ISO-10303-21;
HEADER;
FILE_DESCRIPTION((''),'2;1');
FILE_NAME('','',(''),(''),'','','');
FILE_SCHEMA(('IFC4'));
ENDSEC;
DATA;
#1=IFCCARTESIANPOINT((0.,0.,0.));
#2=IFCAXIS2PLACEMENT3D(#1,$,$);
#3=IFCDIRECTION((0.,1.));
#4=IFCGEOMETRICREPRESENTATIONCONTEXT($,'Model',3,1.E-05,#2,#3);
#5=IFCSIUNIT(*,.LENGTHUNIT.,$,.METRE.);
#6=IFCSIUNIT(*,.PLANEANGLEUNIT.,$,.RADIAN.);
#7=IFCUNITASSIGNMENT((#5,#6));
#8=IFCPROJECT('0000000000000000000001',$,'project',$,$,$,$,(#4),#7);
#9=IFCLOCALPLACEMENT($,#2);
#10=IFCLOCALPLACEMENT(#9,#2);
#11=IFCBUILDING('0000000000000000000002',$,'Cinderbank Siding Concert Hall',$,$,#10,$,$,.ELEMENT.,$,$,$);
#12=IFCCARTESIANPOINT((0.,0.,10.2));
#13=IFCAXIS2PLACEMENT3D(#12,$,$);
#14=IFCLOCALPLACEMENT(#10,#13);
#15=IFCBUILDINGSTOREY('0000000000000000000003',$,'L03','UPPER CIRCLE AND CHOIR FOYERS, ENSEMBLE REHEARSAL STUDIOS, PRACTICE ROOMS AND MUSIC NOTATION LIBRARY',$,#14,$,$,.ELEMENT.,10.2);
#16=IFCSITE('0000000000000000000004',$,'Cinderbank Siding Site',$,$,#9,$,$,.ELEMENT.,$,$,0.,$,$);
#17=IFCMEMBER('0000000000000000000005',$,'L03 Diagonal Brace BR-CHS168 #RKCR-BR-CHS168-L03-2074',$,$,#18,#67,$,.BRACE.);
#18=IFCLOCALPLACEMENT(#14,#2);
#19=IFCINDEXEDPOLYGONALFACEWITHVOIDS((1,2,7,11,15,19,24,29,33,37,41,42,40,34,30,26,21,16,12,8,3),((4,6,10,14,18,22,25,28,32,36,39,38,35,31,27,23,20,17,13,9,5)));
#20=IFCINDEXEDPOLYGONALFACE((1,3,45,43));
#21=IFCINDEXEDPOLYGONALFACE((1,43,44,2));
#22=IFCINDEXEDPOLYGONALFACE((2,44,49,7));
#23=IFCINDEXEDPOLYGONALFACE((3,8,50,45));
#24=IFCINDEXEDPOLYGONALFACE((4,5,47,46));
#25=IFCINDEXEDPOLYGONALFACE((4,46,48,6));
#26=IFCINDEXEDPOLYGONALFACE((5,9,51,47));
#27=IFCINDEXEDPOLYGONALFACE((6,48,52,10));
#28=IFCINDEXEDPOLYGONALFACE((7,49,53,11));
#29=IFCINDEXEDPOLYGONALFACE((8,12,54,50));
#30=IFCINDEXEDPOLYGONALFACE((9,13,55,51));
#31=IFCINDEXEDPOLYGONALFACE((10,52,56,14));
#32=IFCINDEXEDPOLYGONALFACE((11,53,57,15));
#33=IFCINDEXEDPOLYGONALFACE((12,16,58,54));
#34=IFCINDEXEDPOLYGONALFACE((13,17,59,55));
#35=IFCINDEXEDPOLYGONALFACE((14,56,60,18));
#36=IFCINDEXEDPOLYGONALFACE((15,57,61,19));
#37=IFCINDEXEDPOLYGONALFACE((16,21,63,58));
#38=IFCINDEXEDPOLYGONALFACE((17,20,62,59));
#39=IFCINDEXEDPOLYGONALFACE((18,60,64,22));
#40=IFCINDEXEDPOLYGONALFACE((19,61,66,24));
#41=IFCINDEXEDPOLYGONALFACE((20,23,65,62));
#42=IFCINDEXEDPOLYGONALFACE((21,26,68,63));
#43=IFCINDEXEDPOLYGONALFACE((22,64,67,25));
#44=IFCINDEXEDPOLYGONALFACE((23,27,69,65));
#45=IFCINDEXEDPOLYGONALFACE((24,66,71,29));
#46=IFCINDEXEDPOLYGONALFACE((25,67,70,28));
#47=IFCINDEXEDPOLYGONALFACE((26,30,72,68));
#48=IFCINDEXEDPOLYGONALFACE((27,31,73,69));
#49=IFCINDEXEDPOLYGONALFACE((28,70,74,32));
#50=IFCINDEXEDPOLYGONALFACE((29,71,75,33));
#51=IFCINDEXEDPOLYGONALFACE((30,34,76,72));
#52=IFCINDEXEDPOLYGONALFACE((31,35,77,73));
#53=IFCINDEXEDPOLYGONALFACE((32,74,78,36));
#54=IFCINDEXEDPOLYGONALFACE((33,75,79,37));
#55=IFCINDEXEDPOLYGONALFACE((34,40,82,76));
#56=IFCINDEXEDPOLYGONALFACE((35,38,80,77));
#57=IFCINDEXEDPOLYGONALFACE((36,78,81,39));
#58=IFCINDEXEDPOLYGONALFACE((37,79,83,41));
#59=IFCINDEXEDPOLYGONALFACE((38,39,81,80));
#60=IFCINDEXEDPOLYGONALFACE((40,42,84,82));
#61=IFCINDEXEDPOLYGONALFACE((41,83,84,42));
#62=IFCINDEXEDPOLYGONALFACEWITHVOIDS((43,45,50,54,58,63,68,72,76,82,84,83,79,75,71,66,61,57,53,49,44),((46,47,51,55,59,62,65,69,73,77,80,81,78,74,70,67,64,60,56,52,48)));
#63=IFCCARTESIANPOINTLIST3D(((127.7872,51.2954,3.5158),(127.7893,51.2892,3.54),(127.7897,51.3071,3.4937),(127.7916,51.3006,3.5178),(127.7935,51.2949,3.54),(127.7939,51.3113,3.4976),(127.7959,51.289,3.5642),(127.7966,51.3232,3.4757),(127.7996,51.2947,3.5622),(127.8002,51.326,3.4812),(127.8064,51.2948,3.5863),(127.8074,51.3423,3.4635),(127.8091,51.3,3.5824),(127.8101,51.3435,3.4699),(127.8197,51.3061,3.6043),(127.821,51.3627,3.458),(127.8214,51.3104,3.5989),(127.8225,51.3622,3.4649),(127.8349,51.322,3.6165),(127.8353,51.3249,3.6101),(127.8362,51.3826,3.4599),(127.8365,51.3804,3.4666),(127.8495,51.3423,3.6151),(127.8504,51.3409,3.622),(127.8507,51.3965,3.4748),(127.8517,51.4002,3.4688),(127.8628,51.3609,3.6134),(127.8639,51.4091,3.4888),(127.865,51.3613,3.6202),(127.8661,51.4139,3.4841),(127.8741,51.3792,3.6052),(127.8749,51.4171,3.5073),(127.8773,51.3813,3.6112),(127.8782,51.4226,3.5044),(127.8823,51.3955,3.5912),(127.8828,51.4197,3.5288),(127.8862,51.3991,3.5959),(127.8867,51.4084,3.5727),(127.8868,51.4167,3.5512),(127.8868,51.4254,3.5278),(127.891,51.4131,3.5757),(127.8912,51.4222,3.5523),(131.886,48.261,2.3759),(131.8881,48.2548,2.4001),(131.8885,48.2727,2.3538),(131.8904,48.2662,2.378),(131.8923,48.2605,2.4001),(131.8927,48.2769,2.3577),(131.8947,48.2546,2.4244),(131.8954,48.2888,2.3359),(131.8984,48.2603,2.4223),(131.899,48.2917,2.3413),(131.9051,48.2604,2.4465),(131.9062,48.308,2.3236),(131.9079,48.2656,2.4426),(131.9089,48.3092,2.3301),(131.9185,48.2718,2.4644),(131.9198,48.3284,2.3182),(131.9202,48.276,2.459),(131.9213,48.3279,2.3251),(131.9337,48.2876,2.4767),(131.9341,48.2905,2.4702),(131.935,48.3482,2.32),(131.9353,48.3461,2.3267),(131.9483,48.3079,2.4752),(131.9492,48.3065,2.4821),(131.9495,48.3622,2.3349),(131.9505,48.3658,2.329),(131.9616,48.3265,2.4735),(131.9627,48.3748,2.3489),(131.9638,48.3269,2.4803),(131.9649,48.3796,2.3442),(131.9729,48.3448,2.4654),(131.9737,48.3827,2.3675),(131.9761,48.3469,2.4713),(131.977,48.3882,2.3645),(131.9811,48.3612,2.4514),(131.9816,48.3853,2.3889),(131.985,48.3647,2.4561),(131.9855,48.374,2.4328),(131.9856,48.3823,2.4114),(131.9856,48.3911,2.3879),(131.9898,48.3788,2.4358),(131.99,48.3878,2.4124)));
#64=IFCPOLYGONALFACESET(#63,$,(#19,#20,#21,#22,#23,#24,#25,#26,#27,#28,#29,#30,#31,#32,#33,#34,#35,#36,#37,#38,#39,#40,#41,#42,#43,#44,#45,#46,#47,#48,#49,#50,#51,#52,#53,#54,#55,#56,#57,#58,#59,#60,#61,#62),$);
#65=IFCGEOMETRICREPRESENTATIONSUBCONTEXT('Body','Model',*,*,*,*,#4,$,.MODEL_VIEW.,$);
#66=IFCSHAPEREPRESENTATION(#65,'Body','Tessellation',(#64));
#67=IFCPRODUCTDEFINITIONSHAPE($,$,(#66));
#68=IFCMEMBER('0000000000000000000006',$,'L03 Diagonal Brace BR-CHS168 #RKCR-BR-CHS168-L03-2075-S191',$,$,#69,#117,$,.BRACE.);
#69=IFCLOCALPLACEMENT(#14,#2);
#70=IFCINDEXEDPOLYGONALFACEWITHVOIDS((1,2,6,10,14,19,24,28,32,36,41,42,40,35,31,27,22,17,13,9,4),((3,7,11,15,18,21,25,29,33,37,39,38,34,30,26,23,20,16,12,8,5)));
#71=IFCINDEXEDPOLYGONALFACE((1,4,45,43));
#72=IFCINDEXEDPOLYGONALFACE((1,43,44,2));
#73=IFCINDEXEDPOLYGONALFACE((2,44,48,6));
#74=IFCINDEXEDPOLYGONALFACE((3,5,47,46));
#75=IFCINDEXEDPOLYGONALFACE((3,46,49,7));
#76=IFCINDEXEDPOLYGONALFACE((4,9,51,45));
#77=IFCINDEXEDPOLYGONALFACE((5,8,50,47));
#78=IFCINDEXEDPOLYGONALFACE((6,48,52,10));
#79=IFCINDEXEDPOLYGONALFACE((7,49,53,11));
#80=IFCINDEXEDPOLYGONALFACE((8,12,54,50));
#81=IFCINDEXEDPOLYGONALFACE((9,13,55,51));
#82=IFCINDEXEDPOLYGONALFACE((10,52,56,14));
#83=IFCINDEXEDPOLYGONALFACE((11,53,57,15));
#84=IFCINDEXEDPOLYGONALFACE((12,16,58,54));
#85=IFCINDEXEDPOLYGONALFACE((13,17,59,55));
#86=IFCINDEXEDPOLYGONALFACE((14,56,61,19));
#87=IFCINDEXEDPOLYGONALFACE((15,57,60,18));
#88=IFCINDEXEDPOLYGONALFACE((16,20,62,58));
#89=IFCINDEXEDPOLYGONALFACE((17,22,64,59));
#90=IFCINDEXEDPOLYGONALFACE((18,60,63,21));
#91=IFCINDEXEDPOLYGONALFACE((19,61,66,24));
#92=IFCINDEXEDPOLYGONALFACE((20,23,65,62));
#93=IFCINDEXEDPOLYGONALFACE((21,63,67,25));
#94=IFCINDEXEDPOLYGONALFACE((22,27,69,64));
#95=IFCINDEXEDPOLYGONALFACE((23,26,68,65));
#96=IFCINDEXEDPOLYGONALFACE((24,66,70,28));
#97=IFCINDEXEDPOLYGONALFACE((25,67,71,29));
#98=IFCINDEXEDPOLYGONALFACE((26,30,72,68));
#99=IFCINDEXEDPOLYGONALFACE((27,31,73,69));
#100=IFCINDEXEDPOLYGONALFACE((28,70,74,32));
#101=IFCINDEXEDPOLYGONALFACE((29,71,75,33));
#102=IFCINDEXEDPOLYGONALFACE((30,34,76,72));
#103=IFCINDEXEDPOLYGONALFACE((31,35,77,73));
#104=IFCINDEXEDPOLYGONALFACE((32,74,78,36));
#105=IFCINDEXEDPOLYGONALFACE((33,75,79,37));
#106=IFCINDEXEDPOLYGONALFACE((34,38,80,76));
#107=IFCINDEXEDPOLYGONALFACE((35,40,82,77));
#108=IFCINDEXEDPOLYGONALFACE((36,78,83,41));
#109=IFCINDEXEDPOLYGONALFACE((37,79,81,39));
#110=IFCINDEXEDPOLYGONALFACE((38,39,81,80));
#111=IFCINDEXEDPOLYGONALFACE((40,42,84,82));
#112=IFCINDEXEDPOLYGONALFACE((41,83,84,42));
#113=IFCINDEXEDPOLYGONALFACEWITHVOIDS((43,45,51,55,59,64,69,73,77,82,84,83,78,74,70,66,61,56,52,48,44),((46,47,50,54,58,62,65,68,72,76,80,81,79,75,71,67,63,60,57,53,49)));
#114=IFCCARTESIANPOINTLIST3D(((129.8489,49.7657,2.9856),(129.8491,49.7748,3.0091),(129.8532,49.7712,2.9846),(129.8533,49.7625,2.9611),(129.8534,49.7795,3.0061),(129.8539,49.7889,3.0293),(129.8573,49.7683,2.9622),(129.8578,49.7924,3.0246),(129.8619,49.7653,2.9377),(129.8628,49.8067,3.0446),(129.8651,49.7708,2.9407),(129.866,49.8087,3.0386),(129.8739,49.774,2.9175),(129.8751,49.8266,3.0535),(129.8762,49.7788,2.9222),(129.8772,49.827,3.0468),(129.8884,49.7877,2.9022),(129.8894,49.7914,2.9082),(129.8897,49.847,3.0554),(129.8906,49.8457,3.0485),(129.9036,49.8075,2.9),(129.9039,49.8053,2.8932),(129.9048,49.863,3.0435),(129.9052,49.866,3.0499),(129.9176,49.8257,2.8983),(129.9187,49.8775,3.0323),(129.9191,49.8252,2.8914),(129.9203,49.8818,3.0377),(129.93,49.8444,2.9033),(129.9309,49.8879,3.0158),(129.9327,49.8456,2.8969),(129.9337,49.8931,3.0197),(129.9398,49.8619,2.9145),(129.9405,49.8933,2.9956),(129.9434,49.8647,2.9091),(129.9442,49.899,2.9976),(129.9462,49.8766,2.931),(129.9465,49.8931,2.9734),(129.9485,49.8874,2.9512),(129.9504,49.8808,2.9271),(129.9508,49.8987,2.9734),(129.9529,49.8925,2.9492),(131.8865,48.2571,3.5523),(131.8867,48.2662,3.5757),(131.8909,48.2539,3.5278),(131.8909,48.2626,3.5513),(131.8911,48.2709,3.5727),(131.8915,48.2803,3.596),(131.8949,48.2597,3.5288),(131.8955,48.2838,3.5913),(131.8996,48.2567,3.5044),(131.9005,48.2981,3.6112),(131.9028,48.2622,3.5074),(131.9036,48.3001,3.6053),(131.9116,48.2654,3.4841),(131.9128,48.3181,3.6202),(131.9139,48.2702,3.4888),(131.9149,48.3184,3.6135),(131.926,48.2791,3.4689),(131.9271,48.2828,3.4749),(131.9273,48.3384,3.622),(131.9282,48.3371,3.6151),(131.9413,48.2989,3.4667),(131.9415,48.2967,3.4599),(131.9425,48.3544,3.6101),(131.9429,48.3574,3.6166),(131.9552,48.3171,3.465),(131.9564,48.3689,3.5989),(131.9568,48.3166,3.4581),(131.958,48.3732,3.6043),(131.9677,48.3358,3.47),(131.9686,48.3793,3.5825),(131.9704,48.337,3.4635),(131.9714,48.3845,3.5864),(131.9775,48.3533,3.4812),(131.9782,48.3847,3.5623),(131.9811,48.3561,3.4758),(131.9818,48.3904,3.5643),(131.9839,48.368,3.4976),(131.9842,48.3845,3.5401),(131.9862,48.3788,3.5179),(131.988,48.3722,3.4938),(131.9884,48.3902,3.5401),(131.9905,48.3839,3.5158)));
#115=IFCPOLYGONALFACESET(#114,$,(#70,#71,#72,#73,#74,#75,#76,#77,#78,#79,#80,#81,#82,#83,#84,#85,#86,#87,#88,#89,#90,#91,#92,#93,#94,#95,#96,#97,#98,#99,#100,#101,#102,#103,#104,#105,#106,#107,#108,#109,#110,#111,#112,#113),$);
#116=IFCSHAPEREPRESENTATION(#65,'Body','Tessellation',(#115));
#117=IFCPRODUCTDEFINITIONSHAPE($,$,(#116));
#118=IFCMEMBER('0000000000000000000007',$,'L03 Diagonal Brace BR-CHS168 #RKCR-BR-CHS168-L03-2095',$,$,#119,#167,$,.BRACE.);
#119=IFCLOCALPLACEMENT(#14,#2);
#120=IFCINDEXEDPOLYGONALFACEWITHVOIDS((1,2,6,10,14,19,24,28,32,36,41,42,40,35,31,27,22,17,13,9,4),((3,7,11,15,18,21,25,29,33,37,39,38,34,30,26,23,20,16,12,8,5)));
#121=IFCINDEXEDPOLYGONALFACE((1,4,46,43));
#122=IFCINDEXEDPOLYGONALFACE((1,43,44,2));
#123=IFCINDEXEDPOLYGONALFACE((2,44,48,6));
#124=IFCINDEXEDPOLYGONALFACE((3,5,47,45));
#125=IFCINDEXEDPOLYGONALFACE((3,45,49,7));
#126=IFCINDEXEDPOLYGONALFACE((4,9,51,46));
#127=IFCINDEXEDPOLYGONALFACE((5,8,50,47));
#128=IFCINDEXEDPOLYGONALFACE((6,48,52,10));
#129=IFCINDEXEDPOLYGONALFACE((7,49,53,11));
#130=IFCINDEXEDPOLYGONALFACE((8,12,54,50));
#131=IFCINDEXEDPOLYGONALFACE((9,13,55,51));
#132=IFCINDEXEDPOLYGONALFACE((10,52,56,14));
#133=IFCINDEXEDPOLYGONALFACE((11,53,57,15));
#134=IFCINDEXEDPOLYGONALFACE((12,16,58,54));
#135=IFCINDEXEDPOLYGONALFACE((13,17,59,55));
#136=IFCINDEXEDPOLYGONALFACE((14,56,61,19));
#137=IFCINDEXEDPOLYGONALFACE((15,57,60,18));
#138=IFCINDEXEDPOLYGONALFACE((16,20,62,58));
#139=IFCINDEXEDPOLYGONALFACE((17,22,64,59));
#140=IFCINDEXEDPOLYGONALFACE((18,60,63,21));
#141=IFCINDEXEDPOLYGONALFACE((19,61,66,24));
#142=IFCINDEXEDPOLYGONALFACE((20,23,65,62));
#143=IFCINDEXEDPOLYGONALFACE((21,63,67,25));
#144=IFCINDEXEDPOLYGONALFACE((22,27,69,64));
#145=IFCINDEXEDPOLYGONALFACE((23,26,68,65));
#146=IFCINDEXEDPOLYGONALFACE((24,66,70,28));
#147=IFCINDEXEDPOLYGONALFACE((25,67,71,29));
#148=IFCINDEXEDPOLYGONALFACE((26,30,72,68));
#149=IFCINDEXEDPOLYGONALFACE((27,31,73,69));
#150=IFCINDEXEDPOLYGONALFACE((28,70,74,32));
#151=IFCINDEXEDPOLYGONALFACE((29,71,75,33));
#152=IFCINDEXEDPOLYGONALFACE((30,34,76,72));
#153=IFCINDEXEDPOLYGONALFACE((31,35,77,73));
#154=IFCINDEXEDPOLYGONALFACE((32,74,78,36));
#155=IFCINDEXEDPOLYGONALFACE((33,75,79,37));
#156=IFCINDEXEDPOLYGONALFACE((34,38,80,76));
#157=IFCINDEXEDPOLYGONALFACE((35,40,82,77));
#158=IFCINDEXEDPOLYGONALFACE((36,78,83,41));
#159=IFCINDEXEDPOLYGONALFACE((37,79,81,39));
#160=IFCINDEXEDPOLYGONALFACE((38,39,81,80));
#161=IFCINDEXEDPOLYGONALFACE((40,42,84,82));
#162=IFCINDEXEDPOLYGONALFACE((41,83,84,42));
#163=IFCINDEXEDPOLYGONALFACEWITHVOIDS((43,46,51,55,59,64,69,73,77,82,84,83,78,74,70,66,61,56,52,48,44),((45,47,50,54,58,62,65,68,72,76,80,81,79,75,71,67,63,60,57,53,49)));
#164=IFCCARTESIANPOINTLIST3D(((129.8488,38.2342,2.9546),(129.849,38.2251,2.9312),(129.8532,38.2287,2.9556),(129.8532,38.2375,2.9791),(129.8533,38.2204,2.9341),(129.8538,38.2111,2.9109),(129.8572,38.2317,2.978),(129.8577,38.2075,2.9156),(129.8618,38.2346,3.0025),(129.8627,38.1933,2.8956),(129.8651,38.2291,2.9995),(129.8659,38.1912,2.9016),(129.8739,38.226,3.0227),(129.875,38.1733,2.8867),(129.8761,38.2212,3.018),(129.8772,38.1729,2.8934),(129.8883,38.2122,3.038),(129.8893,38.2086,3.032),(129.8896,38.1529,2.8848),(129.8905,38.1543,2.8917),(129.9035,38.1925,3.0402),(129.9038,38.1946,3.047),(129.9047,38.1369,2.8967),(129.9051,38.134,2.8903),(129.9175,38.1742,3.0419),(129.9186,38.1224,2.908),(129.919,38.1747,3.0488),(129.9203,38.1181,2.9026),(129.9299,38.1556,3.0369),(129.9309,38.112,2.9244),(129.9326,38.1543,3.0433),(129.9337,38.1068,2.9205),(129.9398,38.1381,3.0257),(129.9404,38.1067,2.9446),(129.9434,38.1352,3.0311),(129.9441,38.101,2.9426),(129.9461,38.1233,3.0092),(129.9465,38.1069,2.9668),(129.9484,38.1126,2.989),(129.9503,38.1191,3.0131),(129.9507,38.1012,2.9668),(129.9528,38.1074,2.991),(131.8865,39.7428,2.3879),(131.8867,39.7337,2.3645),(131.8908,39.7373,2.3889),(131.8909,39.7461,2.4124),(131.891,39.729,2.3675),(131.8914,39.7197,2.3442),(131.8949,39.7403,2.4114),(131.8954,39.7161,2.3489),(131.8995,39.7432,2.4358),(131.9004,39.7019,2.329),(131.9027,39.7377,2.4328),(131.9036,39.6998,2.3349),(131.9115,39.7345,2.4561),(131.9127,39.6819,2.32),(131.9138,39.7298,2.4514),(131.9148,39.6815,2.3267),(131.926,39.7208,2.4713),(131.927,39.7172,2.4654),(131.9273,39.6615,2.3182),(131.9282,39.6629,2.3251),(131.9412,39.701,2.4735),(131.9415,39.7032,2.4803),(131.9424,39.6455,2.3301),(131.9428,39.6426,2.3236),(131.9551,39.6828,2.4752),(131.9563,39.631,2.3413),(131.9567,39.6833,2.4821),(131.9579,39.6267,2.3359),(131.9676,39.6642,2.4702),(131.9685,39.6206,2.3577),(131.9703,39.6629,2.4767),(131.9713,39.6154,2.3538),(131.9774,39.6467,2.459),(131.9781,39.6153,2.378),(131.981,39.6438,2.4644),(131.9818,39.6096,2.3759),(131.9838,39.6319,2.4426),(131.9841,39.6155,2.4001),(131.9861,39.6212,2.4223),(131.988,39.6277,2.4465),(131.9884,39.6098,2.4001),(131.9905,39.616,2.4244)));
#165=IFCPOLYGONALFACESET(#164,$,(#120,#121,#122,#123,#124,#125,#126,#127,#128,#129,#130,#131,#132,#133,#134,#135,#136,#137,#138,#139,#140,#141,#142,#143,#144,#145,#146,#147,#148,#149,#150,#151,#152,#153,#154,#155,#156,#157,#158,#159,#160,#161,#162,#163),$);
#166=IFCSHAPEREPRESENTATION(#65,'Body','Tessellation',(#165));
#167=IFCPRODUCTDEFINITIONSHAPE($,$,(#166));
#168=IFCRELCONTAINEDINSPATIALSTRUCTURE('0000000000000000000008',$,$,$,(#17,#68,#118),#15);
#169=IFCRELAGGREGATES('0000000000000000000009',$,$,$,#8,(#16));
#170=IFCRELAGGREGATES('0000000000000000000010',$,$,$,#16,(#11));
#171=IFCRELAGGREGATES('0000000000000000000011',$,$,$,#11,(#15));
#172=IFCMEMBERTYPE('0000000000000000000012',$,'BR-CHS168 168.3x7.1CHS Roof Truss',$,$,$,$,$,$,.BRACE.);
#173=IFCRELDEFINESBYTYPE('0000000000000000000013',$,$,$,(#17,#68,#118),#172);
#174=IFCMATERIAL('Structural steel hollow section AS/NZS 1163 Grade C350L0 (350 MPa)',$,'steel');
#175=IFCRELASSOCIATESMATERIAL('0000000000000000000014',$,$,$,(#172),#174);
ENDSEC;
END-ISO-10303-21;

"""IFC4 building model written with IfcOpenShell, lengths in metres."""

from ifc_helpers import new_model, si_unit, direction, frame, origin, origin_2d, place, context, subcontext, project, spatial, hollow_circle, extrude, material, material_profile, profile_set, type_object, element, save


model = new_model("IFC4")

# Units and contexts
model_context = context("Model", 3, precision=1e-05, world=origin(), true_north=direction((0.0, 1.0)))
body_context = subcontext(model_context, "Body", "Model", "MODEL_VIEW")
ifc_project = project(units=[si_unit("LENGTHUNIT", "METRE"), si_unit("PLANEANGLEUNIT", "RADIAN")], contexts=[model_context])

# Site, building, storey
site_placement = place(None, origin())
site = spatial("IfcSite", under=ifc_project, at=site_placement, Name="Cinderbank Siding Site", CompositionType="ELEMENT", RefElevation=0.0)
building_placement = place(site_placement, origin())
building = spatial("IfcBuilding", under=site, at=building_placement, Name="Cinderbank Siding Concert Hall", CompositionType="ELEMENT")
storey_placement = place(building_placement, frame((0.0, 0.0, 10.2)))
storey = spatial("IfcBuildingStorey", under=building, at=storey_placement, Name="L03", Description="UPPER CIRCLE AND CHOIR FOYERS, ENSEMBLE REHEARSAL STUDIOS, PRACTICE ROOMS AND MUSIC NOTATION LIBRARY", CompositionType="ELEMENT", Elevation=10.2)

# Shared definitions
ifc_material_1 = material(Name="Structural steel hollow section AS/NZS 1163 Grade C350L0 (350 MPa)", Category="steel")

# Members
ifc_material_profile_1 = material_profile(ifc_material_1, hollow_circle(Radius=0.0842, WallThickness=0.0071, at=origin_2d()), Name="168.3x7.1CHS", Category="LoadBearing")
ifc_profile_set_1 = profile_set([ifc_material_profile_1], Name="Structural steel hollow section AS/NZS 1163 Grade C350L0 (350 MPa)")
member_type = type_object("IfcMemberType", Name="BR-CHS168 168.3x7.1CHS Roof Truss", PredefinedType="BRACE", material=ifc_profile_set_1)
member_1_placement = place(storey_placement, frame((131.9382, 48.3225, 2.4001), z_axis=(-0.78437, 0.580674, 0.218132), x_axis=(-0.595002, -0.803724, 0.0)))
element("IfcMember", 1, at=member_1_placement, inside=storey, type_object=member_type, Name="L03 Diagonal Brace BR-CHS168 #RKCR-BR-CHS168-L03-2074", PredefinedType="BRACE", context=body_context, shape_type="SweptSolid", body=[
    extrude(hollow_circle(Radius=0.0842, WallThickness=0.0071, at=origin_2d()), origin(), (0.0, 0.0, 1.0), 5.2256),
])
for number, where, z_axis, x_axis, name in (
    (2, (129.9006, 49.8311, 2.9734), (0.784353, -0.580699, 0.218126), (0.595027, 0.803706, 0.0), "L03 Diagonal Brace BR-CHS168 #RKCR-BR-CHS168-L03-2075-S191"),
    (3, (131.9382, 39.6775, 2.4001), (-0.784353, -0.580699, 0.218126), (0.595027, -0.803706, 0.0), "L03 Diagonal Brace BR-CHS168 #RKCR-BR-CHS168-L03-2095"),
):
    element("IfcMember", number, at=place(storey_placement, frame(where, z_axis=z_axis, x_axis=x_axis)), inside=storey, type_object=member_type, Name=name, PredefinedType="BRACE", context=body_context, shape_type="SweptSolid", body=[
        extrude(hollow_circle(Radius=0.0842, WallThickness=0.0071, at=origin_2d()), origin(), (0.0, 0.0, 1.0), 2.5979),
    ])

save(model, "model.ifc")
